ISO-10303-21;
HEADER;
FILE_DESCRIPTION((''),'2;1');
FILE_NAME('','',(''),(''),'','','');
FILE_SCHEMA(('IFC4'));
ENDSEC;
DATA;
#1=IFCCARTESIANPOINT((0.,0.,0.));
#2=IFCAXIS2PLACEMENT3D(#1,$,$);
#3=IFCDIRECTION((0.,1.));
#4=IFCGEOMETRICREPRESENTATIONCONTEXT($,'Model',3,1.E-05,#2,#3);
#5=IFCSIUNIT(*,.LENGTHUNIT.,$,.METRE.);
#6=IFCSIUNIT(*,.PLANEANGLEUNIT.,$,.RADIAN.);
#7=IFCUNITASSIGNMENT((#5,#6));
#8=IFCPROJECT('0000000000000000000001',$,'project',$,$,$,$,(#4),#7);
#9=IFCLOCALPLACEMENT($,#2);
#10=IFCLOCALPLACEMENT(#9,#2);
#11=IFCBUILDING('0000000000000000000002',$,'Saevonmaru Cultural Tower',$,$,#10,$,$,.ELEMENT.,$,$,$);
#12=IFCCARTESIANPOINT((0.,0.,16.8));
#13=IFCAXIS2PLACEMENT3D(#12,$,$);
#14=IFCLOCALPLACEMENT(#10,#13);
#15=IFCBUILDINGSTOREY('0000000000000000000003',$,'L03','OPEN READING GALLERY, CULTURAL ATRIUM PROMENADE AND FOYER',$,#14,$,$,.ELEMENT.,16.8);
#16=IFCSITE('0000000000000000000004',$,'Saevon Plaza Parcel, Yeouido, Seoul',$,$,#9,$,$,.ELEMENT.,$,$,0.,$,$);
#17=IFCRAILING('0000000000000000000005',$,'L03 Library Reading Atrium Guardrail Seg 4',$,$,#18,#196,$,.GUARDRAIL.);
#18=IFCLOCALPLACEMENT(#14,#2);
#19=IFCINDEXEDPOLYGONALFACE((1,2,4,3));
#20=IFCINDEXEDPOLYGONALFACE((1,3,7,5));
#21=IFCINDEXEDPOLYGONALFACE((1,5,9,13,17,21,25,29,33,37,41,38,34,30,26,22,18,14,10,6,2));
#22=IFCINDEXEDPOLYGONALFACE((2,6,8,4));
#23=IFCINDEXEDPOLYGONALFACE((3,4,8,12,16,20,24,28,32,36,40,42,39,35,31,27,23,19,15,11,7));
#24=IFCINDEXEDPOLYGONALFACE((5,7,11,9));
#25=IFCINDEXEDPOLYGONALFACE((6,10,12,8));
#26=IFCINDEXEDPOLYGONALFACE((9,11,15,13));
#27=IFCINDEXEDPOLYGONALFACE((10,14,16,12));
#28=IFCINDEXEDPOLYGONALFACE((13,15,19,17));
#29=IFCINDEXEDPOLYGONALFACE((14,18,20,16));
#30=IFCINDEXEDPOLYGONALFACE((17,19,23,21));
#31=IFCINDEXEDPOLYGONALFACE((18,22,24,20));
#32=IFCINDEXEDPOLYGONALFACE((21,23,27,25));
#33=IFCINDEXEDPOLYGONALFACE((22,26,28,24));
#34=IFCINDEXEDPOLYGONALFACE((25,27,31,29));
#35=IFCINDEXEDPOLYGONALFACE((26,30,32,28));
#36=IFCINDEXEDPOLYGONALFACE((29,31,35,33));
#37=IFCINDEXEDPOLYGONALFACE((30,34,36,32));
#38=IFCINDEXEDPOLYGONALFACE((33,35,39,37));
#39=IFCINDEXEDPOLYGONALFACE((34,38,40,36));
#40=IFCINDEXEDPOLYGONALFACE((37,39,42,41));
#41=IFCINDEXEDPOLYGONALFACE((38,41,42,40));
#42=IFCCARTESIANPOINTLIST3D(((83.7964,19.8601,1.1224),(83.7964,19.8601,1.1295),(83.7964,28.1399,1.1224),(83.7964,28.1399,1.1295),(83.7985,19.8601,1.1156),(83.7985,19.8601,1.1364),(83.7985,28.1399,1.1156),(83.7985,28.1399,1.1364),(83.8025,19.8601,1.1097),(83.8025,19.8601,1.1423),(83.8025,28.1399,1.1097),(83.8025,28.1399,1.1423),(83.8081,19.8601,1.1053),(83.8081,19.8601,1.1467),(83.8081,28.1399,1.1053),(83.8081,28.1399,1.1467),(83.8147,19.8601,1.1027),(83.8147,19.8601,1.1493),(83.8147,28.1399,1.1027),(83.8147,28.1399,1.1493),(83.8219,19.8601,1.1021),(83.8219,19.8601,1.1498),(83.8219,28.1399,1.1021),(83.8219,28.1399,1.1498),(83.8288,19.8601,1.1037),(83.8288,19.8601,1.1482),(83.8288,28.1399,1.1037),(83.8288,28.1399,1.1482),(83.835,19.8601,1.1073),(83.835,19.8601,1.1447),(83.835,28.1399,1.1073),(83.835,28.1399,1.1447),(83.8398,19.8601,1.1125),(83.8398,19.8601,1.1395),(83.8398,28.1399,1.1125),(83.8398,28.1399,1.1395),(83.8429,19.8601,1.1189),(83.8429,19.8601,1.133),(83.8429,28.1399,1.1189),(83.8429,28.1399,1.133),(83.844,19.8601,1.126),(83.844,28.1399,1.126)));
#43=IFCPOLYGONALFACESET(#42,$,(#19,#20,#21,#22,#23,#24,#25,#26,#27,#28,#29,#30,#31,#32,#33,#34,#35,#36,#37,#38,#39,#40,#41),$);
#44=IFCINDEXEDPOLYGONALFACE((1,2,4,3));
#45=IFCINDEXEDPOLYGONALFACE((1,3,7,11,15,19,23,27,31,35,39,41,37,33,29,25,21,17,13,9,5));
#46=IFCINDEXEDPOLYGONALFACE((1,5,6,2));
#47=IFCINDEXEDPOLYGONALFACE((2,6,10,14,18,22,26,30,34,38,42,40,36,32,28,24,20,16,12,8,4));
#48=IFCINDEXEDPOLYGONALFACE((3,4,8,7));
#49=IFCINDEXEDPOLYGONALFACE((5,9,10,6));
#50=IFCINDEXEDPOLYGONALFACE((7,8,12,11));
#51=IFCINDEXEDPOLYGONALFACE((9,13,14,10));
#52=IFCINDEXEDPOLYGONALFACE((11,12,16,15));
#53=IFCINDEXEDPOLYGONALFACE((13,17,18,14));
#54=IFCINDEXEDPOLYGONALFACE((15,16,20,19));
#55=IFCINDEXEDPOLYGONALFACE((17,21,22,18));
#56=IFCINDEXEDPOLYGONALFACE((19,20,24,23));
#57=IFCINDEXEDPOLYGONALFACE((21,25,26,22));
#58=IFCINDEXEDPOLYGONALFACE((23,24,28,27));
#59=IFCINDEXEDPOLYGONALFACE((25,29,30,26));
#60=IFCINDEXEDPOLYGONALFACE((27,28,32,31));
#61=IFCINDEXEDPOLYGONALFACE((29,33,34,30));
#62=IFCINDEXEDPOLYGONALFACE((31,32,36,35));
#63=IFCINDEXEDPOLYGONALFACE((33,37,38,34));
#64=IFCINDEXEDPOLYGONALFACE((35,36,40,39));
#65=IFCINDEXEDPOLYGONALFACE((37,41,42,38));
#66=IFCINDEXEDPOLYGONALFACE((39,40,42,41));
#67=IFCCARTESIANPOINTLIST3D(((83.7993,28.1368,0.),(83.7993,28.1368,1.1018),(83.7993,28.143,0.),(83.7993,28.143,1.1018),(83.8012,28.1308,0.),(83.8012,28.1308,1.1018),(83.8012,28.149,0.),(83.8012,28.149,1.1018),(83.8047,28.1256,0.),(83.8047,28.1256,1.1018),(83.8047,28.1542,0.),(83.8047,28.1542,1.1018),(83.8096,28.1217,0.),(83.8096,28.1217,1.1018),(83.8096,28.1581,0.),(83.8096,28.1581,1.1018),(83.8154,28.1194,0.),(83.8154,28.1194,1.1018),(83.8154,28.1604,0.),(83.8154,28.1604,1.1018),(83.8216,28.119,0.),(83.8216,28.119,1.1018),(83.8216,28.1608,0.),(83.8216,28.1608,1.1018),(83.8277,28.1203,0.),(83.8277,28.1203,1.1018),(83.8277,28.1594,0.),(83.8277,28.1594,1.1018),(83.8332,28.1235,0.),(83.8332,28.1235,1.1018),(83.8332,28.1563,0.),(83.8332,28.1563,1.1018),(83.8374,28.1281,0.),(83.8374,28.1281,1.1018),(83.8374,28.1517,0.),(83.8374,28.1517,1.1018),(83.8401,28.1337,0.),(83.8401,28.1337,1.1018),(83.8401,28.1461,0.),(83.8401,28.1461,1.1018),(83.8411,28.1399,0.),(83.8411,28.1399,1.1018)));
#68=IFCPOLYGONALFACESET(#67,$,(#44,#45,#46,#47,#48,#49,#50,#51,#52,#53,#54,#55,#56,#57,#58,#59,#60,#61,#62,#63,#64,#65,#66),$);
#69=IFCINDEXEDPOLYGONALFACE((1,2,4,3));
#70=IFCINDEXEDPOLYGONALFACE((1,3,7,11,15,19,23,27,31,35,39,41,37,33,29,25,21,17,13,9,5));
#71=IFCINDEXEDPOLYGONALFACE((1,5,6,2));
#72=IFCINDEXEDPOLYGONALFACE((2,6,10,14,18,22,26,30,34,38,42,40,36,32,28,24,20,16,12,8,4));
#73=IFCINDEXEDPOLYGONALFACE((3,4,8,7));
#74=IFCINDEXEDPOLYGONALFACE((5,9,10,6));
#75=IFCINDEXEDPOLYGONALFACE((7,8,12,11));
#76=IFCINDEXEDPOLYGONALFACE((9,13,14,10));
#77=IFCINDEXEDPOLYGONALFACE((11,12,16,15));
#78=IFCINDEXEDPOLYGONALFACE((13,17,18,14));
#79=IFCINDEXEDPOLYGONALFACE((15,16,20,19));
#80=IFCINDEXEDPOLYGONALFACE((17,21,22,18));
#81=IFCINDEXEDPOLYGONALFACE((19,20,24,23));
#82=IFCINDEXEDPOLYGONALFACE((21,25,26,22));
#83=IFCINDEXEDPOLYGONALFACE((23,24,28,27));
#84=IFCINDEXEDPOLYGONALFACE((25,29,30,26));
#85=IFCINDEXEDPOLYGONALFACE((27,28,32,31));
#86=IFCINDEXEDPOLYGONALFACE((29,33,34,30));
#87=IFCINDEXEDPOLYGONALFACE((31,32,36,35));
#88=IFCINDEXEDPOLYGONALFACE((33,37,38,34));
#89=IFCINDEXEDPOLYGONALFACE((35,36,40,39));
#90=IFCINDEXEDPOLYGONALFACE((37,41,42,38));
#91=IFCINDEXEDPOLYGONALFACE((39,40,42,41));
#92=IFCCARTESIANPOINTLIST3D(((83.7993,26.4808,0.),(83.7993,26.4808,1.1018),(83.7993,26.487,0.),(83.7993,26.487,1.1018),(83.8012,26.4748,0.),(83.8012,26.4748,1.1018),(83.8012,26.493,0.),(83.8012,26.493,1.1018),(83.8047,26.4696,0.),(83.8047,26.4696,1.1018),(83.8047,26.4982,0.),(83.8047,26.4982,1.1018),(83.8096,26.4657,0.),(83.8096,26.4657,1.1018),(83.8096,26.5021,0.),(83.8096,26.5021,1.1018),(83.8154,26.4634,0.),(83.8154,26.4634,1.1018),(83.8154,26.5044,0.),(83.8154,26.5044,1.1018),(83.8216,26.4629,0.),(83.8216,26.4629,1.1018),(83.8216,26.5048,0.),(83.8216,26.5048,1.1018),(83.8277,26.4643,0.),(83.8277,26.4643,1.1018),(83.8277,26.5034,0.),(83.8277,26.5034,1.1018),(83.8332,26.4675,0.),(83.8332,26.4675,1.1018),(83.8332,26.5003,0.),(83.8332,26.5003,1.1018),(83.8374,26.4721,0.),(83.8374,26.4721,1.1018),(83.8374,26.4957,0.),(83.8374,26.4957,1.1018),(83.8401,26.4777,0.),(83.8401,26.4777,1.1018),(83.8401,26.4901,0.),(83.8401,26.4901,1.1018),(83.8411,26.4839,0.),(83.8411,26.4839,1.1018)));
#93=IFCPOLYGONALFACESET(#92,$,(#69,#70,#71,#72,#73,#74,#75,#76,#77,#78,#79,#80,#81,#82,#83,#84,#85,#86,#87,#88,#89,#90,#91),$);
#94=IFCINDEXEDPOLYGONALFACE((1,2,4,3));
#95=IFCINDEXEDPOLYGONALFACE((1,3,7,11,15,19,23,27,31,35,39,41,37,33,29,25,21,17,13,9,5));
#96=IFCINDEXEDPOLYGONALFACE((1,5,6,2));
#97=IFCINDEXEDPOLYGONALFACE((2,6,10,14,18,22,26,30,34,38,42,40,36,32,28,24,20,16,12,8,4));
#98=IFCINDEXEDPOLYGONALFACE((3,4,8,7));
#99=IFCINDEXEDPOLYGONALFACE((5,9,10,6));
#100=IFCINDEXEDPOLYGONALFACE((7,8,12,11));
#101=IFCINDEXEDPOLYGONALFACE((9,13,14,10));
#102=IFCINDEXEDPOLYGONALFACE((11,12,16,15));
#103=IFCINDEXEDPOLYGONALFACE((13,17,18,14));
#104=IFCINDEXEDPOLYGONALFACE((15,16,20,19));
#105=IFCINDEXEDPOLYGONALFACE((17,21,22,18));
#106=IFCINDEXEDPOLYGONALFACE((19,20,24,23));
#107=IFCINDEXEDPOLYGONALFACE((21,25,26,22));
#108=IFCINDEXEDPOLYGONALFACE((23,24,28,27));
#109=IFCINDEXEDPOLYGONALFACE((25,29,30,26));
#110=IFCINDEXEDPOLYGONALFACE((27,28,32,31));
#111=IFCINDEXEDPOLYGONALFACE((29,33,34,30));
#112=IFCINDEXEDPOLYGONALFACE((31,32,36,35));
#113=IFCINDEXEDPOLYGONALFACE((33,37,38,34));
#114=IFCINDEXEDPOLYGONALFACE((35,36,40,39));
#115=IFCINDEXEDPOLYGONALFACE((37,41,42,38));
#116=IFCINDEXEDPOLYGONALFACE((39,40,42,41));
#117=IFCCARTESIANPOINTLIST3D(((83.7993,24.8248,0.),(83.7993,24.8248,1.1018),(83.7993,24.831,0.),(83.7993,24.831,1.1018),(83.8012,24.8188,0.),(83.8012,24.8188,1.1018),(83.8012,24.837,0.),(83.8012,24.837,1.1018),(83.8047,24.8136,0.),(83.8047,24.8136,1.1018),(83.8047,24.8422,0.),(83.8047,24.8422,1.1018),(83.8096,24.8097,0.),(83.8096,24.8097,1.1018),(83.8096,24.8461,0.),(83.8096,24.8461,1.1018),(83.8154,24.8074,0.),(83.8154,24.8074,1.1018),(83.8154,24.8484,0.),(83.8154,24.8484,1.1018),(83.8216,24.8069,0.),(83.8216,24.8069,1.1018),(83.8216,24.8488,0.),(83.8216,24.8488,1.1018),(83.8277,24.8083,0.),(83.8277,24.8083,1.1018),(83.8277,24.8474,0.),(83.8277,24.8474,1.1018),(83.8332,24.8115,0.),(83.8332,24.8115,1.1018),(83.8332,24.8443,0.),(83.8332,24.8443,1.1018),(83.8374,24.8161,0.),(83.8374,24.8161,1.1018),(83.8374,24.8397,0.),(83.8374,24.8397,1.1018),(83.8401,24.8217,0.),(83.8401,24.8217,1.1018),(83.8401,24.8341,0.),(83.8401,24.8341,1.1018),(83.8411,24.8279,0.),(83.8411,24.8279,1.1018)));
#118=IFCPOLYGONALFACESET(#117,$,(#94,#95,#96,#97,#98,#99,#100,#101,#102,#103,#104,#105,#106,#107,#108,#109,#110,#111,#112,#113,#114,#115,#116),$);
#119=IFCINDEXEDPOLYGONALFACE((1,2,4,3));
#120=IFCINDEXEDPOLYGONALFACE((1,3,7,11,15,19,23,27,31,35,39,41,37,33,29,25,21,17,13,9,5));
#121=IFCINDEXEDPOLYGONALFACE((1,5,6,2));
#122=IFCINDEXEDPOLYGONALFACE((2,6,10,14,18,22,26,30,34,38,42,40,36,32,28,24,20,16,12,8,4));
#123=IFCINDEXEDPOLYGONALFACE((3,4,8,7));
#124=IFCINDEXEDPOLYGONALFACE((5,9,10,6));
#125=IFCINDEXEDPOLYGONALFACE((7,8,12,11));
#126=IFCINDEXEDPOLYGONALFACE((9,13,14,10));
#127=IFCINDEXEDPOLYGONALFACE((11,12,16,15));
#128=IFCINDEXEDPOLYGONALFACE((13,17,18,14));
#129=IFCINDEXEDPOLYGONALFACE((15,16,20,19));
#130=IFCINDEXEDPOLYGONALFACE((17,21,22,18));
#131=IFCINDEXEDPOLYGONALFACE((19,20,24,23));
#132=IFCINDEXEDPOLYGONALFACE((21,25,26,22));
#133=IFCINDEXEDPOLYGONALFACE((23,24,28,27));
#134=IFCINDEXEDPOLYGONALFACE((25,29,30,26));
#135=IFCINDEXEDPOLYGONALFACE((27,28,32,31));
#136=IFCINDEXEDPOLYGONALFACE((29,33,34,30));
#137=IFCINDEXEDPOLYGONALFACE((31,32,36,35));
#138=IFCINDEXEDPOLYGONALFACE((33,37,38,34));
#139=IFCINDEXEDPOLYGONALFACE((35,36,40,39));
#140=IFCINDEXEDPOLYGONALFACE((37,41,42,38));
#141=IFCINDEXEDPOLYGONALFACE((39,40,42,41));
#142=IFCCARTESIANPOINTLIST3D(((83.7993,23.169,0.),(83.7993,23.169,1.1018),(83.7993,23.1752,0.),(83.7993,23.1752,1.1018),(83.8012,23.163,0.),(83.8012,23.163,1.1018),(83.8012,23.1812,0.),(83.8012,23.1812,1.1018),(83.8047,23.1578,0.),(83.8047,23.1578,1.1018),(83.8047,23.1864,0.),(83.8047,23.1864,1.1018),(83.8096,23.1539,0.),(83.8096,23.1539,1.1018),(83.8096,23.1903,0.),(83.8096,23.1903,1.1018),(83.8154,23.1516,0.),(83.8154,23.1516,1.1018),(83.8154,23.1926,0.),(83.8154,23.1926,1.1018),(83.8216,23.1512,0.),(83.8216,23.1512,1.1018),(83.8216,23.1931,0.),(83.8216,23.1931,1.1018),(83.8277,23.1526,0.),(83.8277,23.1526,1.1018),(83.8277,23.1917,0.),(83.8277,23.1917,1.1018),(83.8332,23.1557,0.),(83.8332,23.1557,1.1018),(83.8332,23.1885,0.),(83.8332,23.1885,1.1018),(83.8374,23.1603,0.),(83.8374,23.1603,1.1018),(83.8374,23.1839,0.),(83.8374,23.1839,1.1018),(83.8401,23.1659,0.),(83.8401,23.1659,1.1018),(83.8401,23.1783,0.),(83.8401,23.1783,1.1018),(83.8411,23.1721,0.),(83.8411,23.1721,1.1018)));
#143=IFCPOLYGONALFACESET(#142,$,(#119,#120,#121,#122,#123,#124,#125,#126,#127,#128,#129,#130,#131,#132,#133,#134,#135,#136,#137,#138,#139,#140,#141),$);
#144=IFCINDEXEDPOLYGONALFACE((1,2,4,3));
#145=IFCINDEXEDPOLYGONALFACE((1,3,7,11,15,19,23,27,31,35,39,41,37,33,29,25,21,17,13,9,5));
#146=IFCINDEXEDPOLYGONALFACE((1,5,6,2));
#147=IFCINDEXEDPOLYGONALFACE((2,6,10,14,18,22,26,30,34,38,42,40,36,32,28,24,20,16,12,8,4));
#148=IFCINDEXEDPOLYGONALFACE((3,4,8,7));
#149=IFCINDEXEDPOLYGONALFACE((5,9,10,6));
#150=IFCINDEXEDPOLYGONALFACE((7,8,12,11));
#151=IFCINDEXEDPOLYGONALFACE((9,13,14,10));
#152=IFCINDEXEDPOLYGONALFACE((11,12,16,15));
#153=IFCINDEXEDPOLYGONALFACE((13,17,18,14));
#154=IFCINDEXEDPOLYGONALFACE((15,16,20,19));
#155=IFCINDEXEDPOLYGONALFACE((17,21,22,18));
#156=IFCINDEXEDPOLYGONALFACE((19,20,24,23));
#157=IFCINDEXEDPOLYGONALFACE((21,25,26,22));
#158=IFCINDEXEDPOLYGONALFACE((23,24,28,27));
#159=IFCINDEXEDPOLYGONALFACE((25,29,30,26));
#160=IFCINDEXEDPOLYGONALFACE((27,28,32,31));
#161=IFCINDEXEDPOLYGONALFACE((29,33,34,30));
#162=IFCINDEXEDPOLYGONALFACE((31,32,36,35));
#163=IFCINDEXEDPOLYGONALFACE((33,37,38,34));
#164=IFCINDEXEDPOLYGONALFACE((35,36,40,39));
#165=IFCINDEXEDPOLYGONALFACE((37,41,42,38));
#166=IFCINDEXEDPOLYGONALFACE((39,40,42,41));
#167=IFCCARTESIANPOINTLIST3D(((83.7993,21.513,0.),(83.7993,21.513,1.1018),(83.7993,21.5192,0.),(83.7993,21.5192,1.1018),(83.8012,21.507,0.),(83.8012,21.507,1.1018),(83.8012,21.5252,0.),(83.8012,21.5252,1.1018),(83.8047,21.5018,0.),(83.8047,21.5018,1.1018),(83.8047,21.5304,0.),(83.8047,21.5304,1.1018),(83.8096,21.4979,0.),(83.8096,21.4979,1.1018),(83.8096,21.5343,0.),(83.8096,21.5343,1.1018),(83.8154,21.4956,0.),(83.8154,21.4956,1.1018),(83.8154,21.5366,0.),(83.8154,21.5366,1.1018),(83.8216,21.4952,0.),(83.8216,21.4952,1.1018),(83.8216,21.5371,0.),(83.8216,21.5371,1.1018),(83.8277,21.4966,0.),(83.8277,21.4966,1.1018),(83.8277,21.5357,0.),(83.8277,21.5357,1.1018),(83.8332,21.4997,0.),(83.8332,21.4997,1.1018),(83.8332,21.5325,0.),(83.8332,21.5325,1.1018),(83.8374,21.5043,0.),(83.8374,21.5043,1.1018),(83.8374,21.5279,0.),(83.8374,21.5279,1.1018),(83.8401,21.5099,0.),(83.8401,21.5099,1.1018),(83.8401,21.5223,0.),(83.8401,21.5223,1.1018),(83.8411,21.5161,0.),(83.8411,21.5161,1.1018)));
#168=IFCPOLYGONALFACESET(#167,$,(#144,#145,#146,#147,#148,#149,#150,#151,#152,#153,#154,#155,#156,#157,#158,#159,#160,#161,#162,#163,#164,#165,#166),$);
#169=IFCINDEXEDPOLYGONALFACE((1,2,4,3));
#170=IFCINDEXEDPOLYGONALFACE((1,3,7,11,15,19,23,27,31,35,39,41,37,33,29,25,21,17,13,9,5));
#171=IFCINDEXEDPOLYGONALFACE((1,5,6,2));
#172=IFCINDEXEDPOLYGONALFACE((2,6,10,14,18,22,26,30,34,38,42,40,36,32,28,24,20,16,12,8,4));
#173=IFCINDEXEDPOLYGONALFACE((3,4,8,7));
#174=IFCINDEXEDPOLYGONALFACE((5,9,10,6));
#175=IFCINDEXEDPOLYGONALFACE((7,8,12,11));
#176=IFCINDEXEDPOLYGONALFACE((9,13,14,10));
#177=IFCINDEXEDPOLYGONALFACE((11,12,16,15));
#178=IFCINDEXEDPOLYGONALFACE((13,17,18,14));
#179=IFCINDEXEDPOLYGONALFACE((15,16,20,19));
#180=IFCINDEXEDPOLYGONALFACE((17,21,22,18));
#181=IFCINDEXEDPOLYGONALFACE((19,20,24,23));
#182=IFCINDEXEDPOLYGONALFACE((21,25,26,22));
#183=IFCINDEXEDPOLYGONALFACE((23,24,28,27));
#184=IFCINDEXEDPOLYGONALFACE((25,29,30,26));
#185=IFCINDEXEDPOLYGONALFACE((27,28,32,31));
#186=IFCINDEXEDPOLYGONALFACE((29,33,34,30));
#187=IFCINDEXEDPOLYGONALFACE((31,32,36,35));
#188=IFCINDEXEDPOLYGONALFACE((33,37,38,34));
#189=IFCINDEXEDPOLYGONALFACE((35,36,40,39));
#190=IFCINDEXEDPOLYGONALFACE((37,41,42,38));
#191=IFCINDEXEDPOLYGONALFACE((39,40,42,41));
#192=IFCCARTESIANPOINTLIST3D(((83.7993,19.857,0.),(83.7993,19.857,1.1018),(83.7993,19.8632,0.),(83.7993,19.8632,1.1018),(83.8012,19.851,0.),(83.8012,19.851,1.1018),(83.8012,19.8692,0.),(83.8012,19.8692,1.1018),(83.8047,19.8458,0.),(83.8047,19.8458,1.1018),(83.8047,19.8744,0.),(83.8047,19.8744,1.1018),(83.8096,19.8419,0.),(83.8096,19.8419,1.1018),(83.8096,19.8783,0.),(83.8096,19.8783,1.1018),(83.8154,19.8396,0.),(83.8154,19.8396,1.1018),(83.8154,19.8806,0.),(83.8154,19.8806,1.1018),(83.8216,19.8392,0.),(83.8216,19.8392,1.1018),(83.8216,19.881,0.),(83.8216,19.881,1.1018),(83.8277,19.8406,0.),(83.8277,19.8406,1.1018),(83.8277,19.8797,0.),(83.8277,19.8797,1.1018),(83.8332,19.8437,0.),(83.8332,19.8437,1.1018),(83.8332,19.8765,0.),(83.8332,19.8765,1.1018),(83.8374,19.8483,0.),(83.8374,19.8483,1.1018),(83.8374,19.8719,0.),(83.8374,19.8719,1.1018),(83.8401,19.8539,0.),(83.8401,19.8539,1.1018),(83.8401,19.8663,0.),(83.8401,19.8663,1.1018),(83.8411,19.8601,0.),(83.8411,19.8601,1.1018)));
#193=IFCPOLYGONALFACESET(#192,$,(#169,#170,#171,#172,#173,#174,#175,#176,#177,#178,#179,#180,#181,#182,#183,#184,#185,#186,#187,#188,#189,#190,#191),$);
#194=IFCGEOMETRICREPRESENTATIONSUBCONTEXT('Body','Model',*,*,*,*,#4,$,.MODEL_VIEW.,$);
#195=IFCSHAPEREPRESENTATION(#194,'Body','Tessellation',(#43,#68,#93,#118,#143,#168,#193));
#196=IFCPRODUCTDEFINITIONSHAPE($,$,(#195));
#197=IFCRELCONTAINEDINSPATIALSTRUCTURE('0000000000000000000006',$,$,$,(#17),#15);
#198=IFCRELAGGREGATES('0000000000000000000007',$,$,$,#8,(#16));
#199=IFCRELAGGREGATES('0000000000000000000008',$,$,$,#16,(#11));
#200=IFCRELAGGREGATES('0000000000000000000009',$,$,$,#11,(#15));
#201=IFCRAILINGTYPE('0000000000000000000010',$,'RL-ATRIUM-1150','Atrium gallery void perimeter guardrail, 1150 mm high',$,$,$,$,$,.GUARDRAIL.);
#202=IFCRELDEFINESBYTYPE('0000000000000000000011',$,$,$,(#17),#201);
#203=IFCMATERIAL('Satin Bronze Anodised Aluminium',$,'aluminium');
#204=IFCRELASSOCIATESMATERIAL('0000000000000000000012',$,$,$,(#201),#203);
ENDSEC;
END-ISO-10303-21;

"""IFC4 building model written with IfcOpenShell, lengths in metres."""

from ifc_helpers import new_model, si_unit, direction, frame, origin, origin_2d, place, context, subcontext, project, spatial, circle, extrude, material, type_object, element, save


model = new_model("IFC4")

# Units and contexts
model_context = context("Model", 3, precision=1e-05, world=origin(), true_north=direction((0.0, 1.0)))
body_context = subcontext(model_context, "Body", "Model", "MODEL_VIEW")
ifc_project = project(units=[si_unit("LENGTHUNIT", "METRE"), si_unit("PLANEANGLEUNIT", "RADIAN")], contexts=[model_context])

# Site, building, storey
site_placement = place(None, origin())
site = spatial("IfcSite", under=ifc_project, at=site_placement, Name="Saevon Plaza Parcel, Yeouido, Seoul", CompositionType="ELEMENT", RefElevation=0.0)
building_placement = place(site_placement, origin())
building = spatial("IfcBuilding", under=site, at=building_placement, Name="Saevonmaru Cultural Tower", CompositionType="ELEMENT")
storey_placement = place(building_placement, frame((0.0, 0.0, 16.8)))
storey = spatial("IfcBuildingStorey", under=building, at=storey_placement, Name="L03", Description="OPEN READING GALLERY, CULTURAL ATRIUM PROMENADE AND FOYER", CompositionType="ELEMENT", Elevation=16.8)

# Shared definitions
ifc_material_1 = material(Name="Satin Bronze Anodised Aluminium", Category="aluminium")

# Railing
railing_type = type_object("IfcRailingType", Name="RL-ATRIUM-1150", Description="Atrium gallery void perimeter guardrail, 1150 mm high", PredefinedType="GUARDRAIL", material=ifc_material_1)
railing_1_placement = place(storey_placement, frame((83.8201, 28.1399, 0.0)))
element("IfcRailing", 1, at=railing_1_placement, inside=storey, type_object=railing_type, Name="L03 Library Reading Atrium Guardrail Seg 4", PredefinedType="GUARDRAIL", context=body_context, shape_type="SweptSolid", body=[
    extrude(circle(Radius=0.0239, at=origin_2d()), frame((0.0, 0.0, 1.126), z_axis=(0.0, -1.0, 0.0), x_axis=(1.0, 0.0, 0.0)), (0.0, 0.0, 1.0), 8.2798),
    extrude(circle(Radius=0.021, at=origin_2d()), origin(), (0.0, 0.0, 1.0), 1.1018),
    extrude(circle(Radius=0.021, at=origin_2d()), frame((0.0, -1.656, 0.0)), (0.0, 0.0, 1.0), 1.1018),
    extrude(circle(Radius=0.021, at=origin_2d()), frame((0.0, -3.312, 0.0)), (0.0, 0.0, 1.0), 1.1018),
    extrude(circle(Radius=0.021, at=origin_2d()), frame((0.0, -4.9678, 0.0)), (0.0, 0.0, 1.0), 1.1018),
    extrude(circle(Radius=0.021, at=origin_2d()), frame((0.0, -6.6238, 0.0)), (0.0, 0.0, 1.0), 1.1018),
    extrude(circle(Radius=0.021, at=origin_2d()), frame((0.0, -8.2798, 0.0)), (0.0, 0.0, 1.0), 1.1018),
])

save(model, "model.ifc")
